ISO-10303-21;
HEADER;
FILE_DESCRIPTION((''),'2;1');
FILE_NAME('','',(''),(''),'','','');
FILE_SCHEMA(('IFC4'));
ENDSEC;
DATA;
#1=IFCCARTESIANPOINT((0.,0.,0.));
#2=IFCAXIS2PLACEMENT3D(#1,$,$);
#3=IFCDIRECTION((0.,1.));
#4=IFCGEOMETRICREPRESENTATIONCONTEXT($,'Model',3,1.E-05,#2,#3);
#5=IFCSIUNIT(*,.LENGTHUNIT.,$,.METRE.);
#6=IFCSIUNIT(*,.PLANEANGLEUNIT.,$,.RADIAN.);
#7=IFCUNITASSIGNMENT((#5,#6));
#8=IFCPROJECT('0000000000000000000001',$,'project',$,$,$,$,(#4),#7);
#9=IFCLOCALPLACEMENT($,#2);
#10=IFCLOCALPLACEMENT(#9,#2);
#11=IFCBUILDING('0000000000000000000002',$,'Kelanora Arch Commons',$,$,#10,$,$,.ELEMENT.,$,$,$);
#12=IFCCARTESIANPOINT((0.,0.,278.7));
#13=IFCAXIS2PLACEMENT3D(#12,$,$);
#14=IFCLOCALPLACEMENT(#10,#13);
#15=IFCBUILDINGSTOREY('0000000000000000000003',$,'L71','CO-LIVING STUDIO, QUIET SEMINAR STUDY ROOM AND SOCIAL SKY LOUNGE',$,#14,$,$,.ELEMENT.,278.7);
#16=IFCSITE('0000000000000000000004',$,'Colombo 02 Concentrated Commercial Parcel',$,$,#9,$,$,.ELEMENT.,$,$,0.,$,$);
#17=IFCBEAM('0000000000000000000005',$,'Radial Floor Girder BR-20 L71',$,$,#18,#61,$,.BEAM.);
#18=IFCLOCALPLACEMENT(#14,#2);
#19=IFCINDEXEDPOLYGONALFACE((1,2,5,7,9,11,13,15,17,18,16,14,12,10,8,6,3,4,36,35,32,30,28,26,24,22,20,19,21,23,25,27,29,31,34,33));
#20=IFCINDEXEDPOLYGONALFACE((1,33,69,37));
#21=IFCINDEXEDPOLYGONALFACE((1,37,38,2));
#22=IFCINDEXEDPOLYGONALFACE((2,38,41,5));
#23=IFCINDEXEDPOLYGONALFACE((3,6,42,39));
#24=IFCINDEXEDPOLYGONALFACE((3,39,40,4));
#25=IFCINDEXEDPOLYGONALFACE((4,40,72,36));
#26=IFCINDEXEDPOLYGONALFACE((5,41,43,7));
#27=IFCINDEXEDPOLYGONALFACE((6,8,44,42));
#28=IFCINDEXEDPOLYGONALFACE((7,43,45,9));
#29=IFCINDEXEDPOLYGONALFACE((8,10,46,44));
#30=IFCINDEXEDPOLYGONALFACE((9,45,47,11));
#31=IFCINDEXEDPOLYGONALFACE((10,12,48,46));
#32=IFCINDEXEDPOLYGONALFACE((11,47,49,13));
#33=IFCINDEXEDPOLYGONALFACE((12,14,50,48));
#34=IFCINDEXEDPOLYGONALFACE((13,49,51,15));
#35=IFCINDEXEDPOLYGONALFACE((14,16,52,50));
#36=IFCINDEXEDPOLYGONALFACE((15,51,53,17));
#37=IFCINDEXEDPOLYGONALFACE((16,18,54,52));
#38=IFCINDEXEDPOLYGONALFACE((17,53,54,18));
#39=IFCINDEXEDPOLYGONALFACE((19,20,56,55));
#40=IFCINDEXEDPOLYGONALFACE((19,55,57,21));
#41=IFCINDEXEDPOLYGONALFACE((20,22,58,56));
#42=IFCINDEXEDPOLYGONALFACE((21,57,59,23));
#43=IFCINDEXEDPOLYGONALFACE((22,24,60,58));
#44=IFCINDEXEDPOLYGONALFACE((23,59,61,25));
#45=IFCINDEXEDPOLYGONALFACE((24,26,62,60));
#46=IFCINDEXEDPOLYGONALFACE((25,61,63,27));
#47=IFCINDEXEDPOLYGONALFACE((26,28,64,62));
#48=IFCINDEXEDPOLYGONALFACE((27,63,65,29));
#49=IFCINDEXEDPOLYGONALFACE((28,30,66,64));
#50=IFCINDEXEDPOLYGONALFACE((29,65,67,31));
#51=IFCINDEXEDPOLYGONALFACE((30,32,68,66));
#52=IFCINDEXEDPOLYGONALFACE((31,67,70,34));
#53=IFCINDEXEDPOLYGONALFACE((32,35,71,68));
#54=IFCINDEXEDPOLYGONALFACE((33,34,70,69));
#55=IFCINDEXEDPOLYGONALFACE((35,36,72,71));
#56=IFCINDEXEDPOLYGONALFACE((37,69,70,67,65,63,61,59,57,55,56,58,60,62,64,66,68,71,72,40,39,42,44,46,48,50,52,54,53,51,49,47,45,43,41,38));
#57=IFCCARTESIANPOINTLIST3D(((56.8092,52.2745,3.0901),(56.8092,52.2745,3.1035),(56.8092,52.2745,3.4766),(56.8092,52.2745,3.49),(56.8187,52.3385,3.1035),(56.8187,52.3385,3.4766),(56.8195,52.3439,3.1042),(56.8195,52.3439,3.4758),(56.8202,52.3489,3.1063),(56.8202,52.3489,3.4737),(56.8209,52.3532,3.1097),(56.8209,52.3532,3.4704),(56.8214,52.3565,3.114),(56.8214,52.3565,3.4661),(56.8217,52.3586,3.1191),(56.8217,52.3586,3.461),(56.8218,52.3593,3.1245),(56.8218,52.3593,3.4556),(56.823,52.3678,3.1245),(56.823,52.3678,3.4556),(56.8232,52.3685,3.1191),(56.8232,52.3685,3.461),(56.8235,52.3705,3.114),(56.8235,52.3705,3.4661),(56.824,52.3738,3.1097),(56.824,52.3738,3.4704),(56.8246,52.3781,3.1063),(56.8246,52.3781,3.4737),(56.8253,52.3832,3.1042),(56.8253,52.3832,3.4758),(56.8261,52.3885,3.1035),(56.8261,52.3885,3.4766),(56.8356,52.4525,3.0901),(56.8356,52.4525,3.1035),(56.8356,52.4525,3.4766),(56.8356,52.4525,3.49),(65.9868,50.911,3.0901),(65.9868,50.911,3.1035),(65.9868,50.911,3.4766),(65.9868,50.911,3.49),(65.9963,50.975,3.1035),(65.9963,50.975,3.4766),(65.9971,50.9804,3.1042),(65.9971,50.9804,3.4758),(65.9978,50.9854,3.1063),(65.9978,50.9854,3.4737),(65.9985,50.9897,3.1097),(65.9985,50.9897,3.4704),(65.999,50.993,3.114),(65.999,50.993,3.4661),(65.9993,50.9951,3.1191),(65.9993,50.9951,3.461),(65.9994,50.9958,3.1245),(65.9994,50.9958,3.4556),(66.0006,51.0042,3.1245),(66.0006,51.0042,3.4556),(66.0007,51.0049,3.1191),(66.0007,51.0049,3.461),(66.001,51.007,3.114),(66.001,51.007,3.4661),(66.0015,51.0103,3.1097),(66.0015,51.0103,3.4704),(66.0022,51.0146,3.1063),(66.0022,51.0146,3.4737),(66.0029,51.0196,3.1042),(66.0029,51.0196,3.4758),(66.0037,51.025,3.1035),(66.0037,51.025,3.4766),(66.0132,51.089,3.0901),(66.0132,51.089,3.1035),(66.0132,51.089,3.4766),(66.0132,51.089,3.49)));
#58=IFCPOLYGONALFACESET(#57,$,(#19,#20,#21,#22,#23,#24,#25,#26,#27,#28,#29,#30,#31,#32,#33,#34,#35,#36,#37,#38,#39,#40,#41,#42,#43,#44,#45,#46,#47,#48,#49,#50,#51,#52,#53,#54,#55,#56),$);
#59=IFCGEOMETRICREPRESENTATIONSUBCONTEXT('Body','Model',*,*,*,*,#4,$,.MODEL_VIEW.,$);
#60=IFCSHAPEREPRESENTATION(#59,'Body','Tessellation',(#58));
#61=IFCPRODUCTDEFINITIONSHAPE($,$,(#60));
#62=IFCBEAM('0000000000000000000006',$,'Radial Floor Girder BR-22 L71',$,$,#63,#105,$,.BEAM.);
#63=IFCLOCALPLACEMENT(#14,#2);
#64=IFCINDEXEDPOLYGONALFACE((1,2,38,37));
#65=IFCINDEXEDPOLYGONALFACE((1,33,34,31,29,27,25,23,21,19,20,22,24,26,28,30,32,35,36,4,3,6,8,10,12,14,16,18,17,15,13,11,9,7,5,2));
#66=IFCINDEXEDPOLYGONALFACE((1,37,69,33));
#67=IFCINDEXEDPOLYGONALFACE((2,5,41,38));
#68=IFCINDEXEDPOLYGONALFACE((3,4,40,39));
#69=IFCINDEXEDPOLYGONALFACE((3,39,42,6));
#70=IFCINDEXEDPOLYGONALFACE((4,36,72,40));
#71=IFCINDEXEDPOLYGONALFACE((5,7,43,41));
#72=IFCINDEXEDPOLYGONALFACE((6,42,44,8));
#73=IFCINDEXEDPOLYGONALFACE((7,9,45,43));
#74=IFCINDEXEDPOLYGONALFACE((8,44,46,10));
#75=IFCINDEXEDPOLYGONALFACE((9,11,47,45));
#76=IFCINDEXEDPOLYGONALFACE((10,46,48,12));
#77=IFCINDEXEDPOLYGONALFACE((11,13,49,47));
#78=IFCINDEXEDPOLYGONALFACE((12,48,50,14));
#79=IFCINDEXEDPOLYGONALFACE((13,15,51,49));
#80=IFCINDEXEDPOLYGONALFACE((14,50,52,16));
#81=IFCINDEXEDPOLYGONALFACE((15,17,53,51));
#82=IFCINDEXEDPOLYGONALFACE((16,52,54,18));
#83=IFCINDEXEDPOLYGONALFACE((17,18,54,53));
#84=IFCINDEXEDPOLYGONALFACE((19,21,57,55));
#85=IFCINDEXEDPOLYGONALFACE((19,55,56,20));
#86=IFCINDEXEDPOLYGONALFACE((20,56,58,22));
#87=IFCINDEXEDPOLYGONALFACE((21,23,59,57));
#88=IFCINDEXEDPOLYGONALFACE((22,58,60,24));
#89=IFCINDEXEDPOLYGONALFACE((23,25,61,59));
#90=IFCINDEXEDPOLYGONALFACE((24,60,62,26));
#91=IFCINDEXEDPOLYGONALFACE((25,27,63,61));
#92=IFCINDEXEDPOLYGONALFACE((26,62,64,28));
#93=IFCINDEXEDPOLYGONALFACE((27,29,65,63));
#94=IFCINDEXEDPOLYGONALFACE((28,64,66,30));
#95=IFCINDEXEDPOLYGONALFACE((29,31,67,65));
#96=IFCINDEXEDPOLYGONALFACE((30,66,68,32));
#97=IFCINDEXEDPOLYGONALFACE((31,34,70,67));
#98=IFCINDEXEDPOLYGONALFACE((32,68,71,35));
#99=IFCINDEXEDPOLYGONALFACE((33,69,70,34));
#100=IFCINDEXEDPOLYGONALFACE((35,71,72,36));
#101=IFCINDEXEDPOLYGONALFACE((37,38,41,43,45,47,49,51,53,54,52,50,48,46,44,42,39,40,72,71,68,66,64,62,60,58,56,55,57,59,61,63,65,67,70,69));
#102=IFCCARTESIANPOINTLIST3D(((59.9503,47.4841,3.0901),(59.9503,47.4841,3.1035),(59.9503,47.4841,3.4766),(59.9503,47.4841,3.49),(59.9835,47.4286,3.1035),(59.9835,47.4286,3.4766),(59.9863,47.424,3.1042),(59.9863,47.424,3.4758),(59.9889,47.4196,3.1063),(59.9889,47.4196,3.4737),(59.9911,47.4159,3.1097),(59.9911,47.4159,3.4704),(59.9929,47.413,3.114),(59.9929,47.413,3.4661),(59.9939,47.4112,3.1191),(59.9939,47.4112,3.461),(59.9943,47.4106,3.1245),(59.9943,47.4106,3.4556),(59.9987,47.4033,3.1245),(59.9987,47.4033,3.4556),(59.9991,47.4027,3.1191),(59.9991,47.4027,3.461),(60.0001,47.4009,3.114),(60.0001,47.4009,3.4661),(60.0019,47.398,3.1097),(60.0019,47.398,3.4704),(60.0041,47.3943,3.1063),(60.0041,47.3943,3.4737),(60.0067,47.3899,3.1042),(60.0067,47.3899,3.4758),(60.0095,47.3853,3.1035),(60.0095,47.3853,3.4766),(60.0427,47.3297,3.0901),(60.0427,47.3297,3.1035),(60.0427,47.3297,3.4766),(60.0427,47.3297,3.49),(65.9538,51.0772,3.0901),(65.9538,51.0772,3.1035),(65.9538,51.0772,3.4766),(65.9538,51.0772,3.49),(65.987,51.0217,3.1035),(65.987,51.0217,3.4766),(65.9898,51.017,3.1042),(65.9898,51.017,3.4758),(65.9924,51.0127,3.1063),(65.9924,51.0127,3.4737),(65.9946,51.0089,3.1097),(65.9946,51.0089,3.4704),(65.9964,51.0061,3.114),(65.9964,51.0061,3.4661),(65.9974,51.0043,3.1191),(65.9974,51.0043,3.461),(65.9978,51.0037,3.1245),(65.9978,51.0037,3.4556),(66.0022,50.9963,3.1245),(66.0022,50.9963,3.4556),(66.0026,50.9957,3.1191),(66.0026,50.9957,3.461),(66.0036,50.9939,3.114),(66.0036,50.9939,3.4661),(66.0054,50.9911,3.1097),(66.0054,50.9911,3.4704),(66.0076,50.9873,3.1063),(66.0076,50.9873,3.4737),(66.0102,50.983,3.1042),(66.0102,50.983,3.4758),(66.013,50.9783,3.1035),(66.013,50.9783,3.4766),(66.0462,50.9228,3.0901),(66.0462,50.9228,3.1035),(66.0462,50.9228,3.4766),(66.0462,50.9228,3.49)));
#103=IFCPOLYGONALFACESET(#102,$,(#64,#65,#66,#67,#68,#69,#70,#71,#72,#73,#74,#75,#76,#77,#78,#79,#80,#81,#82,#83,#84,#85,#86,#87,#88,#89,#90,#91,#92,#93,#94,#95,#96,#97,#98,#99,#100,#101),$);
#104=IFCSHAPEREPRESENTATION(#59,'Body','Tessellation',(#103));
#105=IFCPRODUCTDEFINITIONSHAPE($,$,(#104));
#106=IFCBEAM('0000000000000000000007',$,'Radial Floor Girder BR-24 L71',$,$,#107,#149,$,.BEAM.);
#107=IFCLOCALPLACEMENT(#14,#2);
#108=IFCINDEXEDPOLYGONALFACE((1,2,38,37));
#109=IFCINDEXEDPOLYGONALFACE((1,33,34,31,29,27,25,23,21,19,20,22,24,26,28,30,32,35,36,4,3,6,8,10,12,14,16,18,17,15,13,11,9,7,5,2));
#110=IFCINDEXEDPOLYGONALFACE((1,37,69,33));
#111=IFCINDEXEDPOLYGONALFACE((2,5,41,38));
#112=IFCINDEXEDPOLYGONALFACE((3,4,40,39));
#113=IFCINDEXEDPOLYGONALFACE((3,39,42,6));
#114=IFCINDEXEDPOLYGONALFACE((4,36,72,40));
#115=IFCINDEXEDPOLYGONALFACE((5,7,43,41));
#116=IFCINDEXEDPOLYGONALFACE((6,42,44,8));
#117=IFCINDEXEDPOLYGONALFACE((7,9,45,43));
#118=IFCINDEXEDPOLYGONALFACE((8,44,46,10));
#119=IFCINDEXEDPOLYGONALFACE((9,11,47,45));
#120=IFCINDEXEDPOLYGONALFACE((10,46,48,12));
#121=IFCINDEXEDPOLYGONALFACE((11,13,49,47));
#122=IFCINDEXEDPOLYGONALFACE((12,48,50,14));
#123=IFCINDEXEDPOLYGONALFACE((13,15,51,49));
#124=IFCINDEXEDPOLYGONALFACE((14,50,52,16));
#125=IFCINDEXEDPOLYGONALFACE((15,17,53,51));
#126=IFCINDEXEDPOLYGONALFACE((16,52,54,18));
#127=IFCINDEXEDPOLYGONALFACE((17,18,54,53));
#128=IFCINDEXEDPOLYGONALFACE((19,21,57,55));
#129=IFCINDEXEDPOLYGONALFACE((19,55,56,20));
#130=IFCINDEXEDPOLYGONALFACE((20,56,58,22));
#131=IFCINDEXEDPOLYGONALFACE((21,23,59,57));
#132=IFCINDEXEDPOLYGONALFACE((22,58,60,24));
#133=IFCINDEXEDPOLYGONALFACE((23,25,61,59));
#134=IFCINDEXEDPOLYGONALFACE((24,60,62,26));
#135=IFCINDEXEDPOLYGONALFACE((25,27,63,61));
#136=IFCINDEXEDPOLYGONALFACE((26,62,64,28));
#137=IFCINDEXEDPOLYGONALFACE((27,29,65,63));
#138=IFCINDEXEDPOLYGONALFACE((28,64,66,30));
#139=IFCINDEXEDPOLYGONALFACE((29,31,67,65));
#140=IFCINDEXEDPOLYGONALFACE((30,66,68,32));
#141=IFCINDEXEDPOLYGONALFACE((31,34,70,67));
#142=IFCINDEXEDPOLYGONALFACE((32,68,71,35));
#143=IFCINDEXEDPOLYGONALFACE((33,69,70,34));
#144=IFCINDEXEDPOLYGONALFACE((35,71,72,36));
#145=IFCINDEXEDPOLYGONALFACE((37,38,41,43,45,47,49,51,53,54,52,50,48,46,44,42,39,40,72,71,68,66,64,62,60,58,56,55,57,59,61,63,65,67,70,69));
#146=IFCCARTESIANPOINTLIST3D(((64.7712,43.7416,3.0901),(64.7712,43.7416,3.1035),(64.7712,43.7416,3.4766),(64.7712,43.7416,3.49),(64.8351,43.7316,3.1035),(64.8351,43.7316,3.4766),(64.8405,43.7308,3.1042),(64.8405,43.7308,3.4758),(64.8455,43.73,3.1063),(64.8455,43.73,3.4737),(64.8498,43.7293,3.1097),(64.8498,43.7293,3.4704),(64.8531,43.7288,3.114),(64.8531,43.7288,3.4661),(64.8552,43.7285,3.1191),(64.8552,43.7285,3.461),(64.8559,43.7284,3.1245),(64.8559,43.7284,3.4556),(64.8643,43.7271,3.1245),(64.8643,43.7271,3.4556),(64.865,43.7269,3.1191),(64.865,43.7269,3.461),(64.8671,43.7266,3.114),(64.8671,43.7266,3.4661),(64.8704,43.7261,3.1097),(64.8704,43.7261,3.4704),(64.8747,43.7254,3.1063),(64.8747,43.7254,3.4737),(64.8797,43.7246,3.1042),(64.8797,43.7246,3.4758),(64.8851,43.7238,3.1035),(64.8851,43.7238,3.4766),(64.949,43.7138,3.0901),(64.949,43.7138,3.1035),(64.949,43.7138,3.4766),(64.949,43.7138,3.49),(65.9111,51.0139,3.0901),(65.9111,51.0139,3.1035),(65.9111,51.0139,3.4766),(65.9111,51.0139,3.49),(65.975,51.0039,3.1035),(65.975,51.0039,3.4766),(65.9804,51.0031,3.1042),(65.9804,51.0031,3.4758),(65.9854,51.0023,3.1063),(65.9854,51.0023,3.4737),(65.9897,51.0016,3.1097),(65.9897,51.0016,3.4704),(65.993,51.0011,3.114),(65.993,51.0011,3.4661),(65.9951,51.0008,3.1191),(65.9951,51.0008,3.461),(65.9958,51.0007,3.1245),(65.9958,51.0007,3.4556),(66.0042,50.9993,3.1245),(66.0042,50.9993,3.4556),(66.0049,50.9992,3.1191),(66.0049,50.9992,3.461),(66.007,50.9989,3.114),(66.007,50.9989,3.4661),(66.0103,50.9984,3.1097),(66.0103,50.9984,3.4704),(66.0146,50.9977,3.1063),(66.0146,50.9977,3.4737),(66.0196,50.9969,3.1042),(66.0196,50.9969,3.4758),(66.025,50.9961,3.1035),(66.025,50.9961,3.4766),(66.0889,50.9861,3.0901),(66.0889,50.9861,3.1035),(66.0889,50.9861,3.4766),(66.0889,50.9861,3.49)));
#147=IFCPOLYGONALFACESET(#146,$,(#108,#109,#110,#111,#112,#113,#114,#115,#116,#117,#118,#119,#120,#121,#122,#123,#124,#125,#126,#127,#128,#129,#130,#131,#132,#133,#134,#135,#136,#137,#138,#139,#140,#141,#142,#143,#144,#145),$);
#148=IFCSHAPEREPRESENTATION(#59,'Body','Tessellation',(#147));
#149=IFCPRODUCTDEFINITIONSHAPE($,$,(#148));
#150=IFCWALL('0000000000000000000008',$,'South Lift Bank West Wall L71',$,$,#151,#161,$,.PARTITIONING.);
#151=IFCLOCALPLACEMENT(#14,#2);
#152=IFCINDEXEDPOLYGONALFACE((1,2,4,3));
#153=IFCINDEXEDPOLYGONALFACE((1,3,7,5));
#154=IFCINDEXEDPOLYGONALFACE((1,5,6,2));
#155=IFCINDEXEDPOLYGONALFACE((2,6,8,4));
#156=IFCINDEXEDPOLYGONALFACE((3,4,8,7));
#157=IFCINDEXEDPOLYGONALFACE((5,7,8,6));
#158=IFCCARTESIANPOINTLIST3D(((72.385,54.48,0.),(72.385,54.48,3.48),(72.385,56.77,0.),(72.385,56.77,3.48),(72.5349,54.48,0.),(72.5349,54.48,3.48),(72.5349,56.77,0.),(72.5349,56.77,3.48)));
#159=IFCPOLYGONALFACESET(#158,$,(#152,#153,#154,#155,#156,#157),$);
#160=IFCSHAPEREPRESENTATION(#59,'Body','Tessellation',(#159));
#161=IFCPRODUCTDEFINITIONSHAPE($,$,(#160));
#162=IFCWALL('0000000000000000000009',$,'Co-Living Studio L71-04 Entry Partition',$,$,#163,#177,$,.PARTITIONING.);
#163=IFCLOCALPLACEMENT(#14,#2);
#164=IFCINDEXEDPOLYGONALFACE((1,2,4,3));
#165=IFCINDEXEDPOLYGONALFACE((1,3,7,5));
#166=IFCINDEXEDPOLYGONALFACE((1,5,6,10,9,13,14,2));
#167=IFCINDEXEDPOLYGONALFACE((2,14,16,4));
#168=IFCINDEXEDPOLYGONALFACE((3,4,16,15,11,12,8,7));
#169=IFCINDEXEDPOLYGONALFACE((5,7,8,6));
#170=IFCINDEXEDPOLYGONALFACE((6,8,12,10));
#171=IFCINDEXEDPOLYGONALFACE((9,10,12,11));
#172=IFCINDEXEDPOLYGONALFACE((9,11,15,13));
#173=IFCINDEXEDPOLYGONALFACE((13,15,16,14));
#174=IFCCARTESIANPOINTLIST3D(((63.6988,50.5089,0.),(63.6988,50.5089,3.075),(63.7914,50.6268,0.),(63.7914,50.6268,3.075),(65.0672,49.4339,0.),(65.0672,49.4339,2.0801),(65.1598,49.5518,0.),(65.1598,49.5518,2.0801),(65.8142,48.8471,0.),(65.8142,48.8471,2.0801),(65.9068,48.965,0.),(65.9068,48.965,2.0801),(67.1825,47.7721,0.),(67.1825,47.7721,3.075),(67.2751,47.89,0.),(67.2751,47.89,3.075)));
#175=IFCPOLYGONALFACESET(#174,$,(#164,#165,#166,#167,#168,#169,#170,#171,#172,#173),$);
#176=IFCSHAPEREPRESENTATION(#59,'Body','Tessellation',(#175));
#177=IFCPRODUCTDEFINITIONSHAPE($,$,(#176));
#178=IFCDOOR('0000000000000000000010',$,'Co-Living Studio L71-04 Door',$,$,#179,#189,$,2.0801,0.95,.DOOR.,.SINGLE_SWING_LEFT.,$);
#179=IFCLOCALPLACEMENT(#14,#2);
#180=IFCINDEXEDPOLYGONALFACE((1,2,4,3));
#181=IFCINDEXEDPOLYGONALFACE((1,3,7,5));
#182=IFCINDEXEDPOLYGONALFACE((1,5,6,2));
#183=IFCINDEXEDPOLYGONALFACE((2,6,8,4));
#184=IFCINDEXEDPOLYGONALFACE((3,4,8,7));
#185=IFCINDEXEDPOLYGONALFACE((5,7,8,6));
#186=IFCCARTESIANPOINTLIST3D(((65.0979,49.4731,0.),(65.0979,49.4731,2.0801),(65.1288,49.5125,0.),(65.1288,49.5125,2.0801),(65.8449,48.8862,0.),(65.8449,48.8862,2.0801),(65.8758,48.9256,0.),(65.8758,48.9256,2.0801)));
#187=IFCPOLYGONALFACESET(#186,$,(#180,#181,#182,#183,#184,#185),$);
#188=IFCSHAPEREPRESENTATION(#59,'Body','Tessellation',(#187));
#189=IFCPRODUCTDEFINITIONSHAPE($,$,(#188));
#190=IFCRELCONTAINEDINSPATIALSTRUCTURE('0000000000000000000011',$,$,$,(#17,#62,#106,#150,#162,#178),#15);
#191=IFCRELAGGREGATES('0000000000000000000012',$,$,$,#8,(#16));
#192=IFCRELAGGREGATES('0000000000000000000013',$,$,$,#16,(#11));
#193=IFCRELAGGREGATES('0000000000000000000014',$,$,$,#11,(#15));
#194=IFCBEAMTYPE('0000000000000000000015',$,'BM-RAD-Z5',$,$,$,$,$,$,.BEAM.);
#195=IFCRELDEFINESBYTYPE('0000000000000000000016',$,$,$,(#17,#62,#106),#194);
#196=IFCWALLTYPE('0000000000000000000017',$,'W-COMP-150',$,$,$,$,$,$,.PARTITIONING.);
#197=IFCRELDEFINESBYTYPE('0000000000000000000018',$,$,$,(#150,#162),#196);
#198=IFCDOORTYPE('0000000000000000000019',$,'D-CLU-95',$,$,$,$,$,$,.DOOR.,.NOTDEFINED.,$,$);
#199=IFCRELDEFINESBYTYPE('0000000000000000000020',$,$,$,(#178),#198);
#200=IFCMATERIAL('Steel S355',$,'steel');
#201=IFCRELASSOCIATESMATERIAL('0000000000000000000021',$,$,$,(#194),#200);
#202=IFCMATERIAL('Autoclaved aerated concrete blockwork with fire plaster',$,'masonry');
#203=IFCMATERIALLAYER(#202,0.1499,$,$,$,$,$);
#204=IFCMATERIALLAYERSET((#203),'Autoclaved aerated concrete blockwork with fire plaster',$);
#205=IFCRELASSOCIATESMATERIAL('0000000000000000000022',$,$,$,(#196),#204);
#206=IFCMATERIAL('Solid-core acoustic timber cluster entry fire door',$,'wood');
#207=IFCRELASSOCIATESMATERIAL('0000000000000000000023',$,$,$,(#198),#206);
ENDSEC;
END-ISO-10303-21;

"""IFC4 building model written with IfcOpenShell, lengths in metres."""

from ifc_helpers import new_model, si_unit, direction, frame, frame_2d, origin, origin_2d, place, context, subcontext, project, spatial, rectangle, i_section, extrude, material, layer, layer_set, material_profile, profile_set, type_object, element, fill, save


model = new_model("IFC4")

# Units and contexts
model_context = context("Model", 3, precision=1e-05, world=origin(), true_north=direction((0.0, 1.0)))
body_context = subcontext(model_context, "Body", "Model", "MODEL_VIEW")
ifc_project = project(units=[si_unit("LENGTHUNIT", "METRE"), si_unit("PLANEANGLEUNIT", "RADIAN")], contexts=[model_context])

# Site, building, storey
site_placement = place(None, origin())
site = spatial("IfcSite", under=ifc_project, at=site_placement, Name="Colombo 02 Concentrated Commercial Parcel", CompositionType="ELEMENT", RefElevation=0.0)
building_placement = place(site_placement, origin())
building = spatial("IfcBuilding", under=site, at=building_placement, Name="Kelanora Arch Commons", CompositionType="ELEMENT")
storey_placement = place(building_placement, frame((0.0, 0.0, 278.7)))
storey = spatial("IfcBuildingStorey", under=building, at=storey_placement, Name="L71", Description="CO-LIVING STUDIO, QUIET SEMINAR STUDY ROOM AND SOCIAL SKY LOUNGE", CompositionType="ELEMENT", Elevation=278.7)

# Beams
ifc_material_1 = material(Name="Steel S355", Category="steel")
ifc_material_profile_1 = material_profile(ifc_material_1, i_section(OverallWidth=0.1799, OverallDepth=0.3999, WebThickness=0.0085, FlangeThickness=0.0134, FilletRadius=0.021, at=origin_2d()), Name="IPE400")
ifc_profile_set_1 = profile_set([ifc_material_profile_1], Name="Steel S355")
beam_type_1 = type_object("IfcBeamType", Name="BM-RAD-Z5", PredefinedType="BEAM", material=ifc_profile_set_1)
beam_1_placement = place(storey_placement, frame((66.0, 51.0, 3.29), z_axis=(-0.989142, 0.14696, 0.0), x_axis=(-0.14696, -0.989142, 0.0)))
element("IfcBeam", 1, at=beam_1_placement, inside=storey, type_object=beam_type_1, Name="Radial Floor Girder BR-20 L71", PredefinedType="BEAM", context=body_context, shape_type="SweptSolid", body=[
    extrude(i_section(OverallWidth=0.1799, OverallDepth=0.3999, WebThickness=0.0085, FlangeThickness=0.0134, FilletRadius=0.021, at=origin_2d()), origin(), (0.0, 0.0, 1.0), 9.2783),
])
beam_2_placement = place(storey_placement, frame((66.0, 51.0, 3.29), z_axis=(-0.858062, -0.513546, 0.0), x_axis=(0.513546, -0.858062, 0.0)))
element("IfcBeam", 2, at=beam_2_placement, inside=storey, type_object=beam_type_1, Name="Radial Floor Girder BR-22 L71", PredefinedType="BEAM", context=body_context, shape_type="SweptSolid", body=[
    extrude(i_section(OverallWidth=0.1799, OverallDepth=0.3999, WebThickness=0.0085, FlangeThickness=0.0134, FilletRadius=0.021, at=origin_2d()), origin(), (0.0, 0.0, 1.0), 6.9966),
])
beam_3_placement = place(storey_placement, frame((66.0, 51.0, 3.29), z_axis=(-0.154855, -0.987937, 0.0), x_axis=(0.987937, -0.154855, 0.0)))
element("IfcBeam", 3, at=beam_3_placement, inside=storey, type_object=beam_type_1, Name="Radial Floor Girder BR-24 L71", PredefinedType="BEAM", context=body_context, shape_type="SweptSolid", body=[
    extrude(i_section(OverallWidth=0.1799, OverallDepth=0.3999, WebThickness=0.0085, FlangeThickness=0.0134, FilletRadius=0.021, at=origin_2d()), origin(), (0.0, 0.0, 1.0), 7.3611),
])

# Wall
ifc_material_2 = material(Name="Autoclaved aerated concrete blockwork with fire plaster", Category="masonry")
ifc_layer_1 = layer(ifc_material_2, 0.1499)
ifc_layer_set_1 = layer_set([ifc_layer_1], Name="Autoclaved aerated concrete blockwork with fire plaster")
wall_type_1 = type_object("IfcWallType", Name="W-COMP-150", PredefinedType="PARTITIONING", material=ifc_layer_set_1)
wall_1_placement = place(storey_placement, frame((72.46, 54.48, 0.0), z_axis=(0.0, 0.0, 1.0), x_axis=(0.0, 1.0, 0.0)))
element("IfcWall", 4, at=wall_1_placement, inside=storey, type_object=wall_type_1, Name="South Lift Bank West Wall L71", PredefinedType="PARTITIONING", context=body_context, shape_type="SweptSolid", body=[
    extrude(rectangle(XDim=2.29, YDim=0.1499, at=frame_2d((1.145, 0.0))), origin(), (0.0, 0.0, 1.0), 3.48),
])

# Wall, opening, door
wall_2_placement = place(storey_placement, frame((63.7451, 50.5679, 0.0), z_axis=(0.0, 0.0, 1.0), x_axis=(0.786355, -0.617775, 0.0)))
wall_2 = element("IfcWall", 5, at=wall_2_placement, inside=storey, type_object=wall_type_1, Name="Co-Living Studio L71-04 Entry Partition", PredefinedType="PARTITIONING", context=body_context, shape_type="SweptSolid", body=[
    extrude(rectangle(XDim=4.4302, YDim=0.1499, at=frame_2d((2.2151, 0.0))), origin(), (0.0, 0.0, 1.0), 3.075),
])
opening_1_placement = place(wall_2_placement, frame((1.74, 0.0, 0.0)))
opening_1 = element("IfcOpeningElement", 6, at=opening_1_placement, cuts=wall_2, PredefinedType="OPENING", context=body_context, shape_type="SweptSolid", body=[
    extrude(rectangle(XDim=0.95, YDim=2.0801, at=frame_2d((0.4751, 1.04))), frame((0.0, 0.085, 0.0), z_axis=(0.0, -1.0, 0.0), x_axis=(1.0, 0.0, 0.0)), (0.0, 0.0, 1.0), 0.1699),
])
ifc_material_3 = material(Name="Solid-core acoustic timber cluster entry fire door", Category="wood")
door_type_1 = type_object("IfcDoorType", Name="D-CLU-95", OperationType="NOTDEFINED", PredefinedType="DOOR", material=ifc_material_3)
door_1_placement = place(opening_1_placement, origin())
door_1 = element("IfcDoor", 7, at=door_1_placement, inside=storey, type_object=door_type_1, Name="Co-Living Studio L71-04 Door", OperationType="SINGLE_SWING_LEFT", OverallHeight=2.0801, OverallWidth=0.95, PredefinedType="DOOR", context=body_context, shape_type="SweptSolid", body=[
    extrude(rectangle(XDim=0.95, YDim=2.0801, at=frame_2d((0.4751, 1.04))), frame((0.0, 0.0249, 0.0), z_axis=(0.0, -1.0, 0.0), x_axis=(1.0, 0.0, 0.0)), (0.0, 0.0, 1.0), 0.05),
])
fill(opening_1, door_1)

save(model, "model.ifc")
